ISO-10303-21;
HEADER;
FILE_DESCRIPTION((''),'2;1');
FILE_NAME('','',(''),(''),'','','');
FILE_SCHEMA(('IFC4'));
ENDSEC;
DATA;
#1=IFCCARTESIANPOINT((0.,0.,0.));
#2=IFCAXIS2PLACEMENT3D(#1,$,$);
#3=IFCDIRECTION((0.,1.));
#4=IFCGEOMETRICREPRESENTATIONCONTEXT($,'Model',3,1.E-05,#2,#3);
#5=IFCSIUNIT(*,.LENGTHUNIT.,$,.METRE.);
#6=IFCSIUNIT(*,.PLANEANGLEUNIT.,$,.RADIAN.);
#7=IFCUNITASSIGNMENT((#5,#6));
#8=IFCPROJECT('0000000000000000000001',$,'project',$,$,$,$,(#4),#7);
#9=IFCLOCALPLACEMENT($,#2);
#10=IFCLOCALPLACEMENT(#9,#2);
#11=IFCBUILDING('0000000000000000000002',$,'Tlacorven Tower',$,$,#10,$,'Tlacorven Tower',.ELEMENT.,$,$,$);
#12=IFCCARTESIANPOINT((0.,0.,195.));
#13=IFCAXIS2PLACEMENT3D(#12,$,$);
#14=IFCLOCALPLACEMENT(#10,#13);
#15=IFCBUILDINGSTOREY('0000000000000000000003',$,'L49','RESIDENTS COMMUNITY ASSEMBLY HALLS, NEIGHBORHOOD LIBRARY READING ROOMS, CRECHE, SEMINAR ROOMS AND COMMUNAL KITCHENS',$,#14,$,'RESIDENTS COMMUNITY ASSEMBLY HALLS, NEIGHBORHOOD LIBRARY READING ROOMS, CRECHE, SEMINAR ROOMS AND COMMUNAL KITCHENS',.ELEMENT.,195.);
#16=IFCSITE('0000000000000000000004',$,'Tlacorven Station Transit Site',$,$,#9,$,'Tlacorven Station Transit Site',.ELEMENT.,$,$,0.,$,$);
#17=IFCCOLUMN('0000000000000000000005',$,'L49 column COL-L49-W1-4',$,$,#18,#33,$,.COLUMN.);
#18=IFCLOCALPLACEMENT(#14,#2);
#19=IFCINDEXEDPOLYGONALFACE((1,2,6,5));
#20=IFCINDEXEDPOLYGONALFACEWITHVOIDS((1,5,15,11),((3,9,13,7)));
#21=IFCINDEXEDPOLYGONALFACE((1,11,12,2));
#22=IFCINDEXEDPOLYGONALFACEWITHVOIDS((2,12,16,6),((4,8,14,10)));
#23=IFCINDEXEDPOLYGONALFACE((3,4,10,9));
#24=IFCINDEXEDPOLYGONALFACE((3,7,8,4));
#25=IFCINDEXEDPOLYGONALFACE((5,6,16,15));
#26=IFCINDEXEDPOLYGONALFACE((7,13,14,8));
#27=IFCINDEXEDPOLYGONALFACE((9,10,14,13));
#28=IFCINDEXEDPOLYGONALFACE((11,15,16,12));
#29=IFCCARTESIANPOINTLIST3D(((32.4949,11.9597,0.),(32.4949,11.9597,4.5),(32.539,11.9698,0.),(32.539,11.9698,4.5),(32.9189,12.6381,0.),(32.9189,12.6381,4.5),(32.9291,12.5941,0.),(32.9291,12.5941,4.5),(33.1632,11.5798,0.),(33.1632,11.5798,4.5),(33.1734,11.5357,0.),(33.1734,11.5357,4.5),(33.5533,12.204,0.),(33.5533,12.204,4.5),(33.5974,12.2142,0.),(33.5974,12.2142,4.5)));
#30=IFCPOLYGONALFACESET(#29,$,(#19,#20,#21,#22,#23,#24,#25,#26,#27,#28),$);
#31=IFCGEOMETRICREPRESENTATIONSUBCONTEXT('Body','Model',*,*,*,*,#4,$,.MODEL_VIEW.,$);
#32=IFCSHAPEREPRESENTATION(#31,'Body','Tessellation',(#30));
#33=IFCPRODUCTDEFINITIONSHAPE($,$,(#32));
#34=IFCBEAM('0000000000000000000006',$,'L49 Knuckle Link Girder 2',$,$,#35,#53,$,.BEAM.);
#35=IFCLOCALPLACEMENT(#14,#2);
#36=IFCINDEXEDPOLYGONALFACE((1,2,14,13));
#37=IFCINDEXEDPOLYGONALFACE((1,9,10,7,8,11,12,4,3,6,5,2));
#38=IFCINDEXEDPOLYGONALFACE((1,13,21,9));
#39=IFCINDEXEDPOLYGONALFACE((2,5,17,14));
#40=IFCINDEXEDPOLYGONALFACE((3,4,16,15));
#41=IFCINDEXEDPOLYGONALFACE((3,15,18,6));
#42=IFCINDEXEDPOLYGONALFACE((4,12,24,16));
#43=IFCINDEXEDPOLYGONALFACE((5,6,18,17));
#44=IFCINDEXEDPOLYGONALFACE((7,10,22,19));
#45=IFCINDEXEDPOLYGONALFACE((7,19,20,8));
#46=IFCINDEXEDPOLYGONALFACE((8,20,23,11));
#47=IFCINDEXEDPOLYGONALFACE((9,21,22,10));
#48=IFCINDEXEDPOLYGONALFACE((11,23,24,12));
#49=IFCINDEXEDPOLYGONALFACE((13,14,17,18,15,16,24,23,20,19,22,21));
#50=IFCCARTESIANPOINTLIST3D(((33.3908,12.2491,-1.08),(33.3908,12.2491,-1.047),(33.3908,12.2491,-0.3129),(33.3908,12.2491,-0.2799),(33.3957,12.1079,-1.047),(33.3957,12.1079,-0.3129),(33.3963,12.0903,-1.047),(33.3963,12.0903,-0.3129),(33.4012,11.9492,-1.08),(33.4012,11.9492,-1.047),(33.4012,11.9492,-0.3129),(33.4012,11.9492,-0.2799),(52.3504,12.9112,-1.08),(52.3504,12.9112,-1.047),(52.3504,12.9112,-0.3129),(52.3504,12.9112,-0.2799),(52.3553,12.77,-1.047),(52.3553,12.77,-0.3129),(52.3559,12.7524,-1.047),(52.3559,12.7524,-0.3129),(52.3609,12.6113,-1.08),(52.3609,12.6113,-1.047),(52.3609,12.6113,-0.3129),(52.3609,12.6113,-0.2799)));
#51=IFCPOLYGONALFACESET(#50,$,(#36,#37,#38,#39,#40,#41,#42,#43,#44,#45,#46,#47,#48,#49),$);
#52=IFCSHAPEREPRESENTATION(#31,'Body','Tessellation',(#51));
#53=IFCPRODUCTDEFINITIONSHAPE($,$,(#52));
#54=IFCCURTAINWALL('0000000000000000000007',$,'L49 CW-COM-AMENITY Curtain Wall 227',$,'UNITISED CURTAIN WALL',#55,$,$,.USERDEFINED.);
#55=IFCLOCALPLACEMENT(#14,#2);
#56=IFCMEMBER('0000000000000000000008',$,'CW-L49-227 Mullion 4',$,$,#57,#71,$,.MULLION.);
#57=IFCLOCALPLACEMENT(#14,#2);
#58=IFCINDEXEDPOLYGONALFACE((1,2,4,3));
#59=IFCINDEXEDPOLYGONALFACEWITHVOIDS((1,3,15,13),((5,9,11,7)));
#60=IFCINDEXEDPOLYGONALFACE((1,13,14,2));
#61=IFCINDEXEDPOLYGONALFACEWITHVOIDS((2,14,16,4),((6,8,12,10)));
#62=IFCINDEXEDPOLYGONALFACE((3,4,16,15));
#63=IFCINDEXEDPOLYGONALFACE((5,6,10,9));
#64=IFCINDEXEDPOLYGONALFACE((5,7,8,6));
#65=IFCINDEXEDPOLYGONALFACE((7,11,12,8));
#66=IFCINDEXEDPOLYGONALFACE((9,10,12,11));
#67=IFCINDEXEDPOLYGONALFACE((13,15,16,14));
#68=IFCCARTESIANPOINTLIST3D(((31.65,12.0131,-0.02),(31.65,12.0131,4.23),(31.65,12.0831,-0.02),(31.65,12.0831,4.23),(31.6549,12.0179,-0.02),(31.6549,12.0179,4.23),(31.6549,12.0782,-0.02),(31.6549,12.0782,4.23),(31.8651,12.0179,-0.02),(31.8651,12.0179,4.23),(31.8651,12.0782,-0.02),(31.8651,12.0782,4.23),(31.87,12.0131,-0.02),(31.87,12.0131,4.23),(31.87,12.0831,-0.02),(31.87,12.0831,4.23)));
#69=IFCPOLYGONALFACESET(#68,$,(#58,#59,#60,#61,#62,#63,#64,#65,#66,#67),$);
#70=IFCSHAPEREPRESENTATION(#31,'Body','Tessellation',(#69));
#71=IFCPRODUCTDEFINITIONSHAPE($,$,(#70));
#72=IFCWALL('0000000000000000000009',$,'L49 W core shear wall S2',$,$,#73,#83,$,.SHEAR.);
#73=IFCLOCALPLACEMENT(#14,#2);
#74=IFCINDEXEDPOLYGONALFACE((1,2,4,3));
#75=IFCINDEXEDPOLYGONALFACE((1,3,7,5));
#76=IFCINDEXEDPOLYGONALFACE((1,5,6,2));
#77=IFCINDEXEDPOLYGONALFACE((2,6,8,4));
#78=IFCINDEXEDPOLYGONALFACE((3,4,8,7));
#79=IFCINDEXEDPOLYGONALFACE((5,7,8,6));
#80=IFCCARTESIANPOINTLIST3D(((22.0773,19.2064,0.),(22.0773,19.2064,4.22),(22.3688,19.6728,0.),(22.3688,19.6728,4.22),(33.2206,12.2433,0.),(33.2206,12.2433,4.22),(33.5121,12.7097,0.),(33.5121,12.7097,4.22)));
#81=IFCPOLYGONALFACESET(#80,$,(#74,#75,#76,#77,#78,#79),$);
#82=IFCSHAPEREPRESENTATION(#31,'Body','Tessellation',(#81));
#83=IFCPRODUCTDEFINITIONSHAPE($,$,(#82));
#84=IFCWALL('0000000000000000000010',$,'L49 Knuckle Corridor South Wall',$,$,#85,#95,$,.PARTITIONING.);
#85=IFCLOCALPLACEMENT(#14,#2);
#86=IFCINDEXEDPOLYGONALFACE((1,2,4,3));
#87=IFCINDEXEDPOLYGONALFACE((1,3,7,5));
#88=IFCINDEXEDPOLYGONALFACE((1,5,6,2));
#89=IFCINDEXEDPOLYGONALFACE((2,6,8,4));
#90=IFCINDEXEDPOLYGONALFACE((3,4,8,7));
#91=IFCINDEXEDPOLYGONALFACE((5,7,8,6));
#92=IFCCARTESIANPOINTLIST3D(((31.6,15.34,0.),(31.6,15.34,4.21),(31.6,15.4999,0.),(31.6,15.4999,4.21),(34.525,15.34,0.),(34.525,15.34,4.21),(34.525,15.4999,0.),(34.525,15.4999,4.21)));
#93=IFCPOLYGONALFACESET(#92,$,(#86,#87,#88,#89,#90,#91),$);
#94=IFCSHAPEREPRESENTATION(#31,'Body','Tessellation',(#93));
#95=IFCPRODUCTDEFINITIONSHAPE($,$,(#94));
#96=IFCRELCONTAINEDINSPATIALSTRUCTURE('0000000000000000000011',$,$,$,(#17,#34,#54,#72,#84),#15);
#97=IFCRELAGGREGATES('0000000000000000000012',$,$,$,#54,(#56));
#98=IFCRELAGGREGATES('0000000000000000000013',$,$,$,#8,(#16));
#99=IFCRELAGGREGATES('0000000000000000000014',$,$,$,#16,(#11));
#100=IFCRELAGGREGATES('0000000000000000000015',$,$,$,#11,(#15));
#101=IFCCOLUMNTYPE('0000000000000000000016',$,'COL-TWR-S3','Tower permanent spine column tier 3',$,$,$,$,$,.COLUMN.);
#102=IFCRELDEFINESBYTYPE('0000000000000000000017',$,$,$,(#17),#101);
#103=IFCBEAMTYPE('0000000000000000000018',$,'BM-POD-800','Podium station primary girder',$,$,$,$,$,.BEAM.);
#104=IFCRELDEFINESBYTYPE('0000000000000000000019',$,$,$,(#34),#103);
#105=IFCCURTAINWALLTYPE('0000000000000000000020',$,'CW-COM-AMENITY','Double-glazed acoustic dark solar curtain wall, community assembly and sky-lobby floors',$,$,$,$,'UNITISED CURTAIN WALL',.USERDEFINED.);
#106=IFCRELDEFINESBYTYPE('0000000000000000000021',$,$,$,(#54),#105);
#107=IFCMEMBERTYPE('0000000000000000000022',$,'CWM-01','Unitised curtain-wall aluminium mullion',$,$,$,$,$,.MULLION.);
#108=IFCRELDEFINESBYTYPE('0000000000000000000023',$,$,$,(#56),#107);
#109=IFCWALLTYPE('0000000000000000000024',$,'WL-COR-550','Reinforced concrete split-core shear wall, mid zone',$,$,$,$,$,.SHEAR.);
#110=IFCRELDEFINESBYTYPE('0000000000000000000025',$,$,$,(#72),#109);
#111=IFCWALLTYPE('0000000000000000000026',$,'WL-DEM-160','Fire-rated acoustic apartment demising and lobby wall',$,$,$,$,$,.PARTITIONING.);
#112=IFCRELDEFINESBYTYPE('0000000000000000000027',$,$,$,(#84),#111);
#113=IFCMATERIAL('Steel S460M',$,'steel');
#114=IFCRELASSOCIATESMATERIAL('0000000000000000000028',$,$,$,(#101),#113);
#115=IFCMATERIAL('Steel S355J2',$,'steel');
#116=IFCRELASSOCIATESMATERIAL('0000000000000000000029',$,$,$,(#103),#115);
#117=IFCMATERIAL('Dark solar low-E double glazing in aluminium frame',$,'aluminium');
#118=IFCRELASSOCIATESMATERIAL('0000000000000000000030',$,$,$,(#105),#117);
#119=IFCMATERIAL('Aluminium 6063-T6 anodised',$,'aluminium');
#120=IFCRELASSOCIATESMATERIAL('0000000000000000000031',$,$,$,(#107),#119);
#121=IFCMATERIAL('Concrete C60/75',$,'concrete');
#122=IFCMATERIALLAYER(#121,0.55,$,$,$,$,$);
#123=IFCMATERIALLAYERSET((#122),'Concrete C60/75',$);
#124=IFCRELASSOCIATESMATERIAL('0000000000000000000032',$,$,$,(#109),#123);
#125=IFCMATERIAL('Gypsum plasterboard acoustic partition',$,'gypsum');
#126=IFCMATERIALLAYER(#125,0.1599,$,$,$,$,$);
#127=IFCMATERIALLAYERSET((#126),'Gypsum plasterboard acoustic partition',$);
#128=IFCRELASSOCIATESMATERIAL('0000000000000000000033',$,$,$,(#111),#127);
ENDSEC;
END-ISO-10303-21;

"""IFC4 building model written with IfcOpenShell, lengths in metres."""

from ifc_helpers import new_model, si_unit, direction, frame, frame_2d, origin, origin_2d, place, context, subcontext, project, spatial, rectangle, hollow_rectangle, i_section, extrude, source, transform, mapped, material, layer, layer_set, material_profile, profile_set, type_object, element, aggregate, save


model = new_model("IFC4")

# Units and contexts
model_context = context("Model", 3, precision=1e-05, world=origin(), true_north=direction((0.0, 1.0)))
body_context = subcontext(model_context, "Body", "Model", "MODEL_VIEW")
ifc_project = project(units=[si_unit("LENGTHUNIT", "METRE"), si_unit("PLANEANGLEUNIT", "RADIAN")], contexts=[model_context])

# Site, building, storey
site_placement = place(None, origin())
site = spatial("IfcSite", under=ifc_project, at=site_placement, Name="Tlacorven Station Transit Site", LongName="Tlacorven Station Transit Site", CompositionType="ELEMENT", RefElevation=0.0)
building_placement = place(site_placement, origin())
building = spatial("IfcBuilding", under=site, at=building_placement, Name="Tlacorven Tower", LongName="Tlacorven Tower", CompositionType="ELEMENT")
storey_placement = place(building_placement, frame((0.0, 0.0, 195.0)))
storey = spatial("IfcBuildingStorey", under=building, at=storey_placement, Name="L49", Description="RESIDENTS COMMUNITY ASSEMBLY HALLS, NEIGHBORHOOD LIBRARY READING ROOMS, CRECHE, SEMINAR ROOMS AND COMMUNAL KITCHENS", LongName="RESIDENTS COMMUNITY ASSEMBLY HALLS, NEIGHBORHOOD LIBRARY READING ROOMS, CRECHE, SEMINAR ROOMS AND COMMUNAL KITCHENS", CompositionType="ELEMENT", Elevation=195.0)

# Column
ifc_material_1 = material(Name="Steel S460M", Category="steel")
ifc_material_profile_1 = material_profile(ifc_material_1, hollow_rectangle(XDim=0.8, YDim=0.8, WallThickness=0.032, at=origin_2d()), Name="BOX 800X800X32")
ifc_profile_set_1 = profile_set([ifc_material_profile_1], Name="Steel S460M")
column_type = type_object("IfcColumnType", Name="COL-TWR-S3", Description="Tower permanent spine column tier 3", PredefinedType="COLUMN", material=ifc_profile_set_1)
shared_shape_1 = source(origin(), body_context, "Body", "SweptSolid", [
    extrude(hollow_rectangle(XDim=0.8, YDim=0.8, WallThickness=0.032, at=origin_2d()), origin(), (0.0, 0.0, 1.0), 4.5),
])
column_placement = place(storey_placement, frame((33.0461, 12.0869, 0.0), z_axis=(0.0, 0.0, 1.0), x_axis=(-0.848048, 0.529919, 0.0)))
element("IfcColumn", 1, at=column_placement, inside=storey, type_object=column_type, Name="L49 column COL-L49-W1-4", PredefinedType="COLUMN", context=body_context, shape_type="MappedRepresentation", body=[
    mapped(shared_shape_1, transform((0.0, 0.0, 0.0), scale=1.0)),
])

# Beam
ifc_material_2 = material(Name="Steel S355J2", Category="steel")
ifc_material_profile_2 = material_profile(ifc_material_2, i_section(OverallWidth=0.3, OverallDepth=0.8, WebThickness=0.0176, FlangeThickness=0.033, at=origin_2d()), Name="HEB 800")
ifc_profile_set_2 = profile_set([ifc_material_profile_2], Name="Steel S355J2")
beam_type = type_object("IfcBeamType", Name="BM-POD-800", Description="Podium station primary girder", PredefinedType="BEAM", material=ifc_profile_set_2)
shared_shape_2 = source(origin(), body_context, "Body", "SweptSolid", [
    extrude(i_section(OverallWidth=0.3, OverallDepth=0.8, WebThickness=0.0176, FlangeThickness=0.033, at=origin_2d()), origin(), (0.0, 0.0, 1.0), 18.9712),
])
beam_placement = place(storey_placement, frame((33.396, 12.0991, -0.6799), z_axis=(0.999391, 0.034901, 0.0), x_axis=(-0.034901, 0.999391, 0.0)))
element("IfcBeam", 2, at=beam_placement, inside=storey, type_object=beam_type, Name="L49 Knuckle Link Girder 2", PredefinedType="BEAM", context=body_context, shape_type="MappedRepresentation", body=[
    mapped(shared_shape_2, transform((0.0, 0.0, 0.0), scale=1.0)),
])

# Curtain wall, member
ifc_material_3 = material(Name="Dark solar low-E double glazing in aluminium frame", Category="aluminium")
curtain_wall_type = type_object("IfcCurtainWallType", Name="CW-COM-AMENITY", Description="Double-glazed acoustic dark solar curtain wall, community assembly and sky-lobby floors", ElementType="UNITISED CURTAIN WALL", PredefinedType="USERDEFINED", material=ifc_material_3)
curtain_wall_placement = place(storey_placement, origin())
curtain_wall = element("IfcCurtainWall", 3, at=curtain_wall_placement, inside=storey, type_object=curtain_wall_type, Name="L49 CW-COM-AMENITY Curtain Wall 227", ObjectType="UNITISED CURTAIN WALL", PredefinedType="USERDEFINED")
ifc_material_4 = material(Name="Aluminium 6063-T6 anodised", Category="aluminium")
ifc_material_profile_3 = material_profile(ifc_material_4, hollow_rectangle(XDim=0.0701, YDim=0.22, WallThickness=0.0049, at=origin_2d()), Name="ALU MULLION 70X220")
ifc_profile_set_3 = profile_set([ifc_material_profile_3], Name="Aluminium 6063-T6 anodised")
member_type = type_object("IfcMemberType", Name="CWM-01", Description="Unitised curtain-wall aluminium mullion", PredefinedType="MULLION", material=ifc_profile_set_3)
shared_shape_3 = source(origin(), body_context, "Body", "SweptSolid", [
    extrude(hollow_rectangle(XDim=0.0701, YDim=0.22, WallThickness=0.0049, at=origin_2d()), origin(), (0.0, 0.0, 1.0), 4.25),
])
member_placement = place(storey_placement, frame((31.76, 12.0481, -0.02), z_axis=(0.0, 0.0, 1.0), x_axis=(0.0, 1.0, 0.0)))
member = element("IfcMember", 4, at=member_placement, type_object=member_type, Name="CW-L49-227 Mullion 4", PredefinedType="MULLION", context=body_context, shape_type="MappedRepresentation", body=[
    mapped(shared_shape_3, transform((0.0, 0.0, 0.0), scale=1.0)),
])
aggregate(curtain_wall, [member])

# Walls
ifc_material_5 = material(Name="Concrete C60/75", Category="concrete")
ifc_layer_1 = layer(ifc_material_5, 0.55)
ifc_layer_set_1 = layer_set([ifc_layer_1], Name="Concrete C60/75")
wall_type_1 = type_object("IfcWallType", Name="WL-COR-550", Description="Reinforced concrete split-core shear wall, mid zone", PredefinedType="SHEAR", material=ifc_layer_set_1)
wall_1_placement = place(storey_placement, frame((33.3662, 12.4766, 0.0), z_axis=(0.0, 0.0, 1.0), x_axis=(-0.848047, 0.52992, 0.0)))
element("IfcWall", 5, at=wall_1_placement, inside=storey, type_object=wall_type_1, Name="L49 W core shear wall S2", PredefinedType="SHEAR", context=body_context, shape_type="SweptSolid", body=[
    extrude(rectangle(XDim=13.1399, YDim=0.55, at=frame_2d((6.5698, 0.0))), origin(), (0.0, 0.0, 1.0), 4.22),
])
ifc_material_6 = material(Name="Gypsum plasterboard acoustic partition", Category="gypsum")
ifc_layer_2 = layer(ifc_material_6, 0.1599)
ifc_layer_set_2 = layer_set([ifc_layer_2], Name="Gypsum plasterboard acoustic partition")
wall_type_2 = type_object("IfcWallType", Name="WL-DEM-160", Description="Fire-rated acoustic apartment demising and lobby wall", PredefinedType="PARTITIONING", material=ifc_layer_set_2)
wall_2_placement = place(storey_placement, frame((31.6001, 15.4199, 0.0), z_axis=(0.0, 0.0, 1.0), x_axis=(1.0, 0.0, 0.0)))
element("IfcWall", 6, at=wall_2_placement, inside=storey, type_object=wall_type_2, Name="L49 Knuckle Corridor South Wall", PredefinedType="PARTITIONING", context=body_context, shape_type="SweptSolid", body=[
    extrude(rectangle(XDim=2.925, YDim=0.1599, at=frame_2d((1.4624, 0.0))), origin(), (0.0, 0.0, 1.0), 4.21),
])

save(model, "model.ifc")
